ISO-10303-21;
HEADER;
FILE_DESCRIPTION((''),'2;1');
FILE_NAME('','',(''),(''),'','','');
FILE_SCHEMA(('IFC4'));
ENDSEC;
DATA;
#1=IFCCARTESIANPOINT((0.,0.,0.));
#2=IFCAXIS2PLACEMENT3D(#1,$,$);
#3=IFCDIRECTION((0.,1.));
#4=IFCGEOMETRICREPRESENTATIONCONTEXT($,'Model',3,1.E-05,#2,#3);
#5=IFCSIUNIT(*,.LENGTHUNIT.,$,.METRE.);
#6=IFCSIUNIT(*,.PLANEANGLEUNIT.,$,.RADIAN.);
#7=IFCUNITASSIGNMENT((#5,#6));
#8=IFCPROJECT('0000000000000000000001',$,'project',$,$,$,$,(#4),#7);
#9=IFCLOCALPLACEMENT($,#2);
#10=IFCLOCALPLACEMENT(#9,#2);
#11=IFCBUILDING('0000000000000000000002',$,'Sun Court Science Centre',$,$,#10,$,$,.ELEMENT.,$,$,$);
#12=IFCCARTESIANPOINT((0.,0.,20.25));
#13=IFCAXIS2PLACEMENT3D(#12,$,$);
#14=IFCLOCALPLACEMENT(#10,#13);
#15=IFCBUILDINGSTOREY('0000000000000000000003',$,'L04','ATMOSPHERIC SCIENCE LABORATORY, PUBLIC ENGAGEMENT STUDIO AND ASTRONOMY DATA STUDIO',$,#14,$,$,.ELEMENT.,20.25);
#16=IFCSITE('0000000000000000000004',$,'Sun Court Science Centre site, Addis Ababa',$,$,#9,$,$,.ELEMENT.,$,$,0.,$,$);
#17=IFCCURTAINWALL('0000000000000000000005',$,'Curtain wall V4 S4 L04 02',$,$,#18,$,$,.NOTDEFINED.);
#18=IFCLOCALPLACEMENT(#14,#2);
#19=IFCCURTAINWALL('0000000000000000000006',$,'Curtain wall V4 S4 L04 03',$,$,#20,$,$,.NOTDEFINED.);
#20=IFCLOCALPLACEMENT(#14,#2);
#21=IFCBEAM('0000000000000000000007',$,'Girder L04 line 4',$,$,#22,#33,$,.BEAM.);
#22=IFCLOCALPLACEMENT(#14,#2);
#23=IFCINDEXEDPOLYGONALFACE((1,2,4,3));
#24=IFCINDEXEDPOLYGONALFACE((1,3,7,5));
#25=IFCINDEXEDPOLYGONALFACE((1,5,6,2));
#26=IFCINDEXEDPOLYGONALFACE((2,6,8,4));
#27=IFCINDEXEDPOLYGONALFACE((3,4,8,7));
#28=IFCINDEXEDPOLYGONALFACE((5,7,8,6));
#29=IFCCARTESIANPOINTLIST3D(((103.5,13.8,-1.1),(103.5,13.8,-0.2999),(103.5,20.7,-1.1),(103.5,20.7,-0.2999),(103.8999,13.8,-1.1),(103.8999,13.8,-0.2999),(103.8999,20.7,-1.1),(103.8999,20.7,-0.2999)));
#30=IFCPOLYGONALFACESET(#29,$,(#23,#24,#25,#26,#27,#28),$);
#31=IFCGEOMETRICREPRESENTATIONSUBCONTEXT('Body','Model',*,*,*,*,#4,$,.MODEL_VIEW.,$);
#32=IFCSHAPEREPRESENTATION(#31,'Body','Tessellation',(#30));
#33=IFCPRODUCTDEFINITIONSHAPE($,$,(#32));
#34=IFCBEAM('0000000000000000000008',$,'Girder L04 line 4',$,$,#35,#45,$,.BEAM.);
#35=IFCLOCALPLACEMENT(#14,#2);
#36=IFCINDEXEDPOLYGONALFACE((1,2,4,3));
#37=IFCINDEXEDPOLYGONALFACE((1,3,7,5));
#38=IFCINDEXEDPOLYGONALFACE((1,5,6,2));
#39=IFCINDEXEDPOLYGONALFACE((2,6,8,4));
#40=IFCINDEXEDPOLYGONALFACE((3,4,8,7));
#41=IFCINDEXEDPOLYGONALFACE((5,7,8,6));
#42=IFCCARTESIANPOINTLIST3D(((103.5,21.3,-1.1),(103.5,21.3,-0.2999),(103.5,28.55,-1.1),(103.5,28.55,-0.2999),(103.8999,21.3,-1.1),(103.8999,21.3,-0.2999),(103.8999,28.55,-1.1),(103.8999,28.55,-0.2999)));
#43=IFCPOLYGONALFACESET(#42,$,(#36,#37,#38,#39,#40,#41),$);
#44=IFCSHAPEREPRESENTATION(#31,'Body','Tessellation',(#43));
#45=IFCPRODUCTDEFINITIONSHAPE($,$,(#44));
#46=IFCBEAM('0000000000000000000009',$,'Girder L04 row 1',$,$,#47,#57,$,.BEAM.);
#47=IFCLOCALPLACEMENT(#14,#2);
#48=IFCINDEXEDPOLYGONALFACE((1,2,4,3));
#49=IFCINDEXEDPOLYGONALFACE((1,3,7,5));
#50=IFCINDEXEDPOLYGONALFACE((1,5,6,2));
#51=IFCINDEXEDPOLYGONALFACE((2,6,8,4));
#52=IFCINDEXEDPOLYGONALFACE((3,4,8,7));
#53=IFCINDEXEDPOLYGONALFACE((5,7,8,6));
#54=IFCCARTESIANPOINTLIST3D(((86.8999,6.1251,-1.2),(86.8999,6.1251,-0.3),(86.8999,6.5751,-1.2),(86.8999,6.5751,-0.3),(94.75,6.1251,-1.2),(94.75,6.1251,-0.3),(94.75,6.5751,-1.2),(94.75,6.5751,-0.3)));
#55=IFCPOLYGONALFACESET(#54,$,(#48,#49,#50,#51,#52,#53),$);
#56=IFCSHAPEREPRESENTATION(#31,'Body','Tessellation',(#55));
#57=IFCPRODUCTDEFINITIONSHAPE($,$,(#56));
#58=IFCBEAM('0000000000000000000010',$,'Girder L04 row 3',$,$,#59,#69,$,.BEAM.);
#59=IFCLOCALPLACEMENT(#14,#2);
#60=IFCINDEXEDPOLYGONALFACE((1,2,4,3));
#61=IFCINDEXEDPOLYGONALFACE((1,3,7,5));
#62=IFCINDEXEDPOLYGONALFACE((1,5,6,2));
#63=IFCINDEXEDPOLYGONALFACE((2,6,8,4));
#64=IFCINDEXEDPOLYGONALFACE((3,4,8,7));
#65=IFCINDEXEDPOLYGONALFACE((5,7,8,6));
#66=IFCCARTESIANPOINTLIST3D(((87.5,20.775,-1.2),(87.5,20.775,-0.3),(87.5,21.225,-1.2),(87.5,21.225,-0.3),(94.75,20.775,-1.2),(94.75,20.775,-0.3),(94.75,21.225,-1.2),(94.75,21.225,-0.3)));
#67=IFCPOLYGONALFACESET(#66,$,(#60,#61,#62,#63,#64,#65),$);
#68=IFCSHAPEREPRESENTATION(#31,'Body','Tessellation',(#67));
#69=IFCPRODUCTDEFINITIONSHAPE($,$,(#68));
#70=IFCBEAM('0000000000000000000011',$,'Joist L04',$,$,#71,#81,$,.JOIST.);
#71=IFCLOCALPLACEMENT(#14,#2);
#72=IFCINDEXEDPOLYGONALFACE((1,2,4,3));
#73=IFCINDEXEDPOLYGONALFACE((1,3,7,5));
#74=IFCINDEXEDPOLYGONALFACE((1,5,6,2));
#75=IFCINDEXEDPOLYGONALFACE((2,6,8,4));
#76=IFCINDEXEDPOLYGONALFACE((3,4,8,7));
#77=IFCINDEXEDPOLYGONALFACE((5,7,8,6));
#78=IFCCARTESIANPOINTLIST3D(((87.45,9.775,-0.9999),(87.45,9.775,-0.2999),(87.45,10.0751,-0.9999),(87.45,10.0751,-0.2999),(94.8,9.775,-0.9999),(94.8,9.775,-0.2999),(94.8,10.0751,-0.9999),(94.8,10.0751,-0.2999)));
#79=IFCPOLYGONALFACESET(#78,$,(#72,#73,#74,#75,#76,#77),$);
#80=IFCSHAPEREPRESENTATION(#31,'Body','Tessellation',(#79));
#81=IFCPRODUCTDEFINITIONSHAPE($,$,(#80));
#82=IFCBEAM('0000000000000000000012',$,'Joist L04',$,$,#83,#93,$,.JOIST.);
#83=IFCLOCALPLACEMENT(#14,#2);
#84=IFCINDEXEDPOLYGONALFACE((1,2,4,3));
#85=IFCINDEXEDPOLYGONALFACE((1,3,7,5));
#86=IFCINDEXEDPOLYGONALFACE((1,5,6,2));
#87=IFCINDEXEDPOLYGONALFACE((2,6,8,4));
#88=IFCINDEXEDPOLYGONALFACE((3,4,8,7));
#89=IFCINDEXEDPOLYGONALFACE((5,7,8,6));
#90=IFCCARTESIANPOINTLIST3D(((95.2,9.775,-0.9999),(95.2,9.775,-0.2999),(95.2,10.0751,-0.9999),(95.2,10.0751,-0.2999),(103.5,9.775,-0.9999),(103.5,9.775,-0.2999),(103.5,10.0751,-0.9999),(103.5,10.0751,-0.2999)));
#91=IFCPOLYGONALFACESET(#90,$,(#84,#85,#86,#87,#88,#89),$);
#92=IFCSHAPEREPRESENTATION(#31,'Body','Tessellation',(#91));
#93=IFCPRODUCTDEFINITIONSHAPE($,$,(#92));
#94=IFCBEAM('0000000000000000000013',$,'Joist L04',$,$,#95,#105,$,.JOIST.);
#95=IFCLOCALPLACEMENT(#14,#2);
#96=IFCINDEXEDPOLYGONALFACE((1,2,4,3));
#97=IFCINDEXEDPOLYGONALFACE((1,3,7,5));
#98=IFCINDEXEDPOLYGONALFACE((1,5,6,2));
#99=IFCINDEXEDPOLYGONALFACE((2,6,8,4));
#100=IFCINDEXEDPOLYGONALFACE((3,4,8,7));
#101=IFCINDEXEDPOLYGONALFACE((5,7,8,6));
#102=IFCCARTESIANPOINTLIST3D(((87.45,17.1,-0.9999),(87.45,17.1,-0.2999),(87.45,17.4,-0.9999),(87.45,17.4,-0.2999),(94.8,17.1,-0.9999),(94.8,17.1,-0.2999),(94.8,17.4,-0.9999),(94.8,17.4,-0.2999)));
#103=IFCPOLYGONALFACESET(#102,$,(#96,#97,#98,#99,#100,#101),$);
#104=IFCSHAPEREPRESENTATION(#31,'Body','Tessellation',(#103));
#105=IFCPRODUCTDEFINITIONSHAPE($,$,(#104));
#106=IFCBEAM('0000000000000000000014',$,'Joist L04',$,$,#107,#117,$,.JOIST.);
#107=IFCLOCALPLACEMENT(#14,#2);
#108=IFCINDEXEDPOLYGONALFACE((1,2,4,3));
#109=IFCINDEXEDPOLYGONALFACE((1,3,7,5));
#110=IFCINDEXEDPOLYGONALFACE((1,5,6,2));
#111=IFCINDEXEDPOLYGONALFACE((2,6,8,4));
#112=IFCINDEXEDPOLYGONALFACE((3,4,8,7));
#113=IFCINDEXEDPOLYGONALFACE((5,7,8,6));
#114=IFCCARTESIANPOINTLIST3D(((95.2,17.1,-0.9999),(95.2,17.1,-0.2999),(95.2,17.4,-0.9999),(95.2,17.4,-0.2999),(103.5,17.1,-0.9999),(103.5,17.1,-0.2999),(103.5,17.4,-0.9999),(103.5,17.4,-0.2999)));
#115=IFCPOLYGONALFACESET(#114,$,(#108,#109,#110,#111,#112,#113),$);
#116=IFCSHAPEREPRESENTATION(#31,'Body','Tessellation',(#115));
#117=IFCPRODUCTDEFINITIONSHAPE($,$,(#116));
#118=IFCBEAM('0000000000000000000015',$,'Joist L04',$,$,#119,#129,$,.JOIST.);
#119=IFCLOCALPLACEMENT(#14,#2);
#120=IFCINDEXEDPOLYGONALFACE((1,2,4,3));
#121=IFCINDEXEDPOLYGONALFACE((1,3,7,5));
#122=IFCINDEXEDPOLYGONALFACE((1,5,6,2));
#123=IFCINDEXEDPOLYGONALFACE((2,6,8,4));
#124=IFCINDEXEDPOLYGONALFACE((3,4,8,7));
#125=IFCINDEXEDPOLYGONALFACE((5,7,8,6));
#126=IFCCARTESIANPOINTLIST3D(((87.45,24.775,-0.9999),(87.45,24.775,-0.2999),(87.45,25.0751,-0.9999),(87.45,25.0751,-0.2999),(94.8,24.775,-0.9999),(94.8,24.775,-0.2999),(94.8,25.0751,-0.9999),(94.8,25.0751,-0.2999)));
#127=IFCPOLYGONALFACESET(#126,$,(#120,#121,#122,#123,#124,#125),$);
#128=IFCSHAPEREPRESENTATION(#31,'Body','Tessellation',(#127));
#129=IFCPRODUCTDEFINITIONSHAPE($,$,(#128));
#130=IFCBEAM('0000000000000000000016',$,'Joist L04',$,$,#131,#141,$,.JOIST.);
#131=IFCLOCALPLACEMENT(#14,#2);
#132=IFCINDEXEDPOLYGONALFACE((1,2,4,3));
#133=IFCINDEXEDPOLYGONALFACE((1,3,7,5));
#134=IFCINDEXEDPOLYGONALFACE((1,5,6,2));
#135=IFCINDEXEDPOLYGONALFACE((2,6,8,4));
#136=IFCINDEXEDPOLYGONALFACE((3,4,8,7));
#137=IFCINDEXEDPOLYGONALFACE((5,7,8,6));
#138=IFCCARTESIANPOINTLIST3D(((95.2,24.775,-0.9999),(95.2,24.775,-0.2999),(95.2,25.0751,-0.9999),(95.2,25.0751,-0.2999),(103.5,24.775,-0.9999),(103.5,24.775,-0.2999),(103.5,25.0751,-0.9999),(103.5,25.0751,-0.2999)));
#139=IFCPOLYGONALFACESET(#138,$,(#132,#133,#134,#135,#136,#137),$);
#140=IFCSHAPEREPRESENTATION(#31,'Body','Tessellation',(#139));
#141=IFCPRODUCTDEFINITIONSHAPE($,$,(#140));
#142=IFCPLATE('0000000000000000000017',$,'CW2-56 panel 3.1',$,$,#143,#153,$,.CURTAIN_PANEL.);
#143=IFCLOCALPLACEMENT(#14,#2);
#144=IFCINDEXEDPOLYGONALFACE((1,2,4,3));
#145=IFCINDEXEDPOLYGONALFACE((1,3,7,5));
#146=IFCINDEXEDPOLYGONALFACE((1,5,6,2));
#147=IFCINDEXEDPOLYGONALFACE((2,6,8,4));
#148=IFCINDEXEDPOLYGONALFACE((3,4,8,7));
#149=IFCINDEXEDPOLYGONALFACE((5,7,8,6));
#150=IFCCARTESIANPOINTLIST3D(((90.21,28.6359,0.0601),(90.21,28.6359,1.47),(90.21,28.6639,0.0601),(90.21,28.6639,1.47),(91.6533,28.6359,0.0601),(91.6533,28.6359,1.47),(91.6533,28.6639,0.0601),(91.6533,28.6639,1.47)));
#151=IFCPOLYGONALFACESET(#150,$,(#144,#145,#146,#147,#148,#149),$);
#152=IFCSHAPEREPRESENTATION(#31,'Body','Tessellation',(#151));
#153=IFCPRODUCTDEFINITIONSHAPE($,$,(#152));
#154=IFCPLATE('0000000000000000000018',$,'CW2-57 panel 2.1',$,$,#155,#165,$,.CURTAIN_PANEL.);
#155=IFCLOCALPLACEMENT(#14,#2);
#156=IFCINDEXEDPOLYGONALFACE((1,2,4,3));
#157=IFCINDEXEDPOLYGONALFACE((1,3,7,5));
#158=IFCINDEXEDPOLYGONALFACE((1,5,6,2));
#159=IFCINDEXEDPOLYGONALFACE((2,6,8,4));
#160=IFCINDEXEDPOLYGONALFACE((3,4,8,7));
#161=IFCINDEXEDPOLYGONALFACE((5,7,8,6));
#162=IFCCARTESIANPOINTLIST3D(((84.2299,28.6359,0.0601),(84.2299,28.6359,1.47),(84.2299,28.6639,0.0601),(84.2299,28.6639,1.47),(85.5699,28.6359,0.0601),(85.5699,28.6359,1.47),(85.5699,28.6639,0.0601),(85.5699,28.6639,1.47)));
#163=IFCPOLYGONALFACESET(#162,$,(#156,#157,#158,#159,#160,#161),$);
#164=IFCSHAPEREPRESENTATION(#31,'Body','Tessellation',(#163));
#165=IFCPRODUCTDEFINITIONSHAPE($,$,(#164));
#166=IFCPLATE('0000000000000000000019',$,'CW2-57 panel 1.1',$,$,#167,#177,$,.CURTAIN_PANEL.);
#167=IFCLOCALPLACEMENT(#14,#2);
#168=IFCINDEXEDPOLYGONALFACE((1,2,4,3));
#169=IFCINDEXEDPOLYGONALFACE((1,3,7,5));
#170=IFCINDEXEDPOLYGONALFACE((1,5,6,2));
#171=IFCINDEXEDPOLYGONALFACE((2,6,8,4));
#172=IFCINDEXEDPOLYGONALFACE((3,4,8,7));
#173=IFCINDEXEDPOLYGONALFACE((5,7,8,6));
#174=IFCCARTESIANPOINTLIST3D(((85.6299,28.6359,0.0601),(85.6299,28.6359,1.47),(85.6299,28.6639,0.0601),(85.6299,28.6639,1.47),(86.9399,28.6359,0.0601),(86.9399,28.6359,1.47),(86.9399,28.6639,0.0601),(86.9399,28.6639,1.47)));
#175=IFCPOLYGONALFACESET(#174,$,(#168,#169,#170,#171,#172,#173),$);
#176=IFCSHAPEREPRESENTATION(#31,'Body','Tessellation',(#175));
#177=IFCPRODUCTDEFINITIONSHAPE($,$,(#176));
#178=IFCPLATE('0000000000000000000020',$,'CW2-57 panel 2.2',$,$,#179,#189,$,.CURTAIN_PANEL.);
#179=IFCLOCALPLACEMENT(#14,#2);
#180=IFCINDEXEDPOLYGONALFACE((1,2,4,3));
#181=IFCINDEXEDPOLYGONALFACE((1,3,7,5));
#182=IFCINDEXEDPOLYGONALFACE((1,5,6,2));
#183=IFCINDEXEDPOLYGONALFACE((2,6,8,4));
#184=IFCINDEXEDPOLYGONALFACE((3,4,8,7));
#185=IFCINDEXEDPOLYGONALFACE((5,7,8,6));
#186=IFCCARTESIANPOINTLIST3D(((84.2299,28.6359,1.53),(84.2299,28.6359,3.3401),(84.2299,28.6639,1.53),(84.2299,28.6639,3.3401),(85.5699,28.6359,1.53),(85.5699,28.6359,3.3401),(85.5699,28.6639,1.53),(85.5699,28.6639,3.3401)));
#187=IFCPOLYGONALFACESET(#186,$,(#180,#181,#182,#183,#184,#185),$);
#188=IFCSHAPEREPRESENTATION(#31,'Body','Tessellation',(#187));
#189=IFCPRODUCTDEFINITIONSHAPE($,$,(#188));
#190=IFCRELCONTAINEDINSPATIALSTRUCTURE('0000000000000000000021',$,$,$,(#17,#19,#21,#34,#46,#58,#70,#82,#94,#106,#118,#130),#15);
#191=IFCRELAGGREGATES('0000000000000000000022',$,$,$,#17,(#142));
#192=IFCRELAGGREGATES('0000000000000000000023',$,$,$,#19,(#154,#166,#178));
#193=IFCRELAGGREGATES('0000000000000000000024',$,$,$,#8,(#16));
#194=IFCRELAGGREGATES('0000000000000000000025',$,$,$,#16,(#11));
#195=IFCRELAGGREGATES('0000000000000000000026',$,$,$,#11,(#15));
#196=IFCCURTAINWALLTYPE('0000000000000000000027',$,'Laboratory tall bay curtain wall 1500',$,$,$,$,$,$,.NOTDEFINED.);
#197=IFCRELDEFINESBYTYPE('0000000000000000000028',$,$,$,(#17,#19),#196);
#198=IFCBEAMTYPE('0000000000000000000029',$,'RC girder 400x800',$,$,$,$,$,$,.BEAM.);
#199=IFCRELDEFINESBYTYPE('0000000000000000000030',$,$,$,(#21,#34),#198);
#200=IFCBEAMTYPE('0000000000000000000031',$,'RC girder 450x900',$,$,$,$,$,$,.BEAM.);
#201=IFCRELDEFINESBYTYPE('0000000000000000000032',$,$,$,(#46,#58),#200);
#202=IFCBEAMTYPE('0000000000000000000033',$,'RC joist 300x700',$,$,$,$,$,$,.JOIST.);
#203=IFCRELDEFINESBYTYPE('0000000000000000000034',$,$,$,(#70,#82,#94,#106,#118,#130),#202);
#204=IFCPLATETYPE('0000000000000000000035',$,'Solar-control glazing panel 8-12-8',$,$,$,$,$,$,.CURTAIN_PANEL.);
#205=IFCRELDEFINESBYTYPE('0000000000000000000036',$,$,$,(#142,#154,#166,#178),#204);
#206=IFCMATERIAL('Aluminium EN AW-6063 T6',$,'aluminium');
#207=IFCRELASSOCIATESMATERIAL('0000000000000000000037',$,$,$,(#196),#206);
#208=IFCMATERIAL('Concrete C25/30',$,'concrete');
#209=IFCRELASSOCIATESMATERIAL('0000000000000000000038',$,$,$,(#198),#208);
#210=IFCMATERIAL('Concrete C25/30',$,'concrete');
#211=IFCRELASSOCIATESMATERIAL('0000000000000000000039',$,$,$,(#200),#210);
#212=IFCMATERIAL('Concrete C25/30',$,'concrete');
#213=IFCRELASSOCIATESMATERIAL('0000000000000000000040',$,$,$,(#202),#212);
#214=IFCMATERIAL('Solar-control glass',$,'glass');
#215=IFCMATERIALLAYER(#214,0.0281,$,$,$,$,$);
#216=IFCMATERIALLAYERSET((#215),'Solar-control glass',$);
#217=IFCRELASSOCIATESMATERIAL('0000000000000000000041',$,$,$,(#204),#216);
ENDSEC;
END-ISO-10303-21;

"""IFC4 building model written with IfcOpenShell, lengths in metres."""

from ifc_helpers import new_model, si_unit, direction, frame, origin, origin_2d, place, context, subcontext, project, spatial, rectangle, extrude, material, layer, layer_set, material_profile, profile_set, type_object, element, aggregate, save


model = new_model("IFC4")

# Units and contexts
model_context = context("Model", 3, precision=1e-05, world=origin(), true_north=direction((0.0, 1.0)))
body_context = subcontext(model_context, "Body", "Model", "MODEL_VIEW")
ifc_project = project(units=[si_unit("LENGTHUNIT", "METRE"), si_unit("PLANEANGLEUNIT", "RADIAN")], contexts=[model_context])

# Site, building, storey
site_placement = place(None, origin())
site = spatial("IfcSite", under=ifc_project, at=site_placement, Name="Sun Court Science Centre site, Addis Ababa", CompositionType="ELEMENT", RefElevation=0.0)
building_placement = place(site_placement, origin())
building = spatial("IfcBuilding", under=site, at=building_placement, Name="Sun Court Science Centre", CompositionType="ELEMENT")
storey_placement = place(building_placement, frame((0.0, 0.0, 20.25)))
storey = spatial("IfcBuildingStorey", under=building, at=storey_placement, Name="L04", Description="ATMOSPHERIC SCIENCE LABORATORY, PUBLIC ENGAGEMENT STUDIO AND ASTRONOMY DATA STUDIO", CompositionType="ELEMENT", Elevation=20.25)

# Curtain wall
ifc_material_1 = material(Name="Aluminium EN AW-6063 T6", Category="aluminium")
curtain_wall_type = type_object("IfcCurtainWallType", Name="Laboratory tall bay curtain wall 1500", PredefinedType="NOTDEFINED", material=ifc_material_1)
curtain_wall_1_placement = place(storey_placement, origin())
curtain_wall_1 = element("IfcCurtainWall", 1, at=curtain_wall_1_placement, inside=storey, type_object=curtain_wall_type, Name="Curtain wall V4 S4 L04 02", PredefinedType="NOTDEFINED")

# Curtain wall
curtain_wall_2_placement = place(storey_placement, origin())
curtain_wall_2 = element("IfcCurtainWall", 2, at=curtain_wall_2_placement, inside=storey, type_object=curtain_wall_type, Name="Curtain wall V4 S4 L04 03", PredefinedType="NOTDEFINED")

# Beams
ifc_material_2 = material(Name="Concrete C25/30", Category="concrete")
ifc_material_profile_1 = material_profile(ifc_material_2, rectangle(XDim=0.3999, YDim=0.8, at=origin_2d()), Name="RC 400x800")
ifc_profile_set_1 = profile_set([ifc_material_profile_1], Name="Concrete C25/30")
beam_type_1 = type_object("IfcBeamType", Name="RC girder 400x800", PredefinedType="BEAM", material=ifc_profile_set_1)
beam_1_placement = place(storey_placement, frame((103.7, 13.8, -0.7), z_axis=(0.0, 1.0, 0.0), x_axis=(-1.0, 0.0, 0.0)))
element("IfcBeam", 3, at=beam_1_placement, inside=storey, type_object=beam_type_1, Name="Girder L04 line 4", PredefinedType="BEAM", context=body_context, shape_type="SweptSolid", body=[
    extrude(rectangle(XDim=0.3999, YDim=0.8, at=origin_2d()), origin(), (0.0, 0.0, 1.0), 6.8999),
])
beam_2_placement = place(storey_placement, frame((103.7, 21.3, -0.7), z_axis=(0.0, 1.0, 0.0), x_axis=(-1.0, 0.0, 0.0)))
element("IfcBeam", 4, at=beam_2_placement, inside=storey, type_object=beam_type_1, Name="Girder L04 line 4", PredefinedType="BEAM", context=body_context, shape_type="SweptSolid", body=[
    extrude(rectangle(XDim=0.3999, YDim=0.8, at=origin_2d()), origin(), (0.0, 0.0, 1.0), 7.25),
])
ifc_material_3 = material(Name="Concrete C25/30", Category="concrete")
ifc_material_profile_2 = material_profile(ifc_material_3, rectangle(XDim=0.45, YDim=0.8999, at=origin_2d()), Name="RC 450x900")
ifc_profile_set_2 = profile_set([ifc_material_profile_2], Name="Concrete C25/30")
beam_type_2 = type_object("IfcBeamType", Name="RC girder 450x900", PredefinedType="BEAM", material=ifc_profile_set_2)
beam_3_placement = place(storey_placement, frame((86.8999, 6.3501, -0.75), z_axis=(1.0, 0.0, 0.0), x_axis=(0.0, 1.0, 0.0)))
element("IfcBeam", 5, at=beam_3_placement, inside=storey, type_object=beam_type_2, Name="Girder L04 row 1", PredefinedType="BEAM", context=body_context, shape_type="SweptSolid", body=[
    extrude(rectangle(XDim=0.45, YDim=0.8999, at=origin_2d()), origin(), (0.0, 0.0, 1.0), 7.8501),
])
beam_4_placement = place(storey_placement, frame((87.5, 21.0, -0.75), z_axis=(1.0, 0.0, 0.0), x_axis=(0.0, 1.0, 0.0)))
element("IfcBeam", 6, at=beam_4_placement, inside=storey, type_object=beam_type_2, Name="Girder L04 row 3", PredefinedType="BEAM", context=body_context, shape_type="SweptSolid", body=[
    extrude(rectangle(XDim=0.45, YDim=0.8999, at=origin_2d()), origin(), (0.0, 0.0, 1.0), 7.25),
])
ifc_material_4 = material(Name="Concrete C25/30", Category="concrete")
ifc_material_profile_3 = material_profile(ifc_material_4, rectangle(XDim=0.3, YDim=0.7, at=origin_2d()), Name="RC 300x700")
ifc_profile_set_3 = profile_set([ifc_material_profile_3], Name="Concrete C25/30")
beam_type_3 = type_object("IfcBeamType", Name="RC joist 300x700", PredefinedType="JOIST", material=ifc_profile_set_3)
beam_5_placement = place(storey_placement, frame((87.45, 9.925, -0.6499), z_axis=(1.0, 0.0, 0.0), x_axis=(0.0, 1.0, 0.0)))
element("IfcBeam", 7, at=beam_5_placement, inside=storey, type_object=beam_type_3, Name="Joist L04", PredefinedType="JOIST", context=body_context, shape_type="SweptSolid", body=[
    extrude(rectangle(XDim=0.3, YDim=0.7, at=origin_2d()), origin(), (0.0, 0.0, 1.0), 7.3501),
])
beam_6_placement = place(storey_placement, frame((95.2, 9.925, -0.6499), z_axis=(1.0, 0.0, 0.0), x_axis=(0.0, 1.0, 0.0)))
element("IfcBeam", 8, at=beam_6_placement, inside=storey, type_object=beam_type_3, Name="Joist L04", PredefinedType="JOIST", context=body_context, shape_type="SweptSolid", body=[
    extrude(rectangle(XDim=0.3, YDim=0.7, at=origin_2d()), origin(), (0.0, 0.0, 1.0), 8.3),
])
beam_7_placement = place(storey_placement, frame((87.45, 17.25, -0.6499), z_axis=(1.0, 0.0, 0.0), x_axis=(0.0, 1.0, 0.0)))
element("IfcBeam", 9, at=beam_7_placement, inside=storey, type_object=beam_type_3, Name="Joist L04", PredefinedType="JOIST", context=body_context, shape_type="SweptSolid", body=[
    extrude(rectangle(XDim=0.3, YDim=0.7, at=origin_2d()), origin(), (0.0, 0.0, 1.0), 7.3501),
])
beam_8_placement = place(storey_placement, frame((95.2, 17.25, -0.6499), z_axis=(1.0, 0.0, 0.0), x_axis=(0.0, 1.0, 0.0)))
element("IfcBeam", 10, at=beam_8_placement, inside=storey, type_object=beam_type_3, Name="Joist L04", PredefinedType="JOIST", context=body_context, shape_type="SweptSolid", body=[
    extrude(rectangle(XDim=0.3, YDim=0.7, at=origin_2d()), origin(), (0.0, 0.0, 1.0), 8.3),
])
beam_9_placement = place(storey_placement, frame((87.45, 24.925, -0.6499), z_axis=(1.0, 0.0, 0.0), x_axis=(0.0, 1.0, 0.0)))
element("IfcBeam", 11, at=beam_9_placement, inside=storey, type_object=beam_type_3, Name="Joist L04", PredefinedType="JOIST", context=body_context, shape_type="SweptSolid", body=[
    extrude(rectangle(XDim=0.3, YDim=0.7, at=origin_2d()), origin(), (0.0, 0.0, 1.0), 7.3501),
])
beam_10_placement = place(storey_placement, frame((95.2, 24.925, -0.6499), z_axis=(1.0, 0.0, 0.0), x_axis=(0.0, 1.0, 0.0)))
element("IfcBeam", 12, at=beam_10_placement, inside=storey, type_object=beam_type_3, Name="Joist L04", PredefinedType="JOIST", context=body_context, shape_type="SweptSolid", body=[
    extrude(rectangle(XDim=0.3, YDim=0.7, at=origin_2d()), origin(), (0.0, 0.0, 1.0), 8.3),
])

# Plates
ifc_material_5 = material(Name="Solar-control glass", Category="glass")
ifc_layer_1 = layer(ifc_material_5, 0.0281)
ifc_layer_set_1 = layer_set([ifc_layer_1], Name="Solar-control glass")
plate_type = type_object("IfcPlateType", Name="Solar-control glazing panel 8-12-8", PredefinedType="CURTAIN_PANEL", material=ifc_layer_set_1)
plate_1_placement = place(storey_placement, frame((90.9316, 28.6499, 0.0601), z_axis=(0.0, 0.0, 1.0), x_axis=(-1.0, 0.0, 0.0)))
plate_1 = element("IfcPlate", 13, at=plate_1_placement, type_object=plate_type, Name="CW2-56 panel 3.1", PredefinedType="CURTAIN_PANEL", context=body_context, shape_type="SweptSolid", body=[
    extrude(rectangle(XDim=1.4434, YDim=0.0281, at=origin_2d()), origin(), (0.0, 0.0, 1.0), 1.4099),
])
aggregate(curtain_wall_1, [plate_1])
plate_2_placement = place(storey_placement, frame((84.8999, 28.6499, 0.0601), z_axis=(0.0, 0.0, 1.0), x_axis=(-1.0, 0.0, 0.0)))
plate_2 = element("IfcPlate", 14, at=plate_2_placement, type_object=plate_type, Name="CW2-57 panel 2.1", PredefinedType="CURTAIN_PANEL", context=body_context, shape_type="SweptSolid", body=[
    extrude(rectangle(XDim=1.3401, YDim=0.0281, at=origin_2d()), origin(), (0.0, 0.0, 1.0), 1.4099),
])
plate_3_placement = place(storey_placement, frame((86.2849, 28.6499, 0.0601), z_axis=(0.0, 0.0, 1.0), x_axis=(-1.0, 0.0, 0.0)))
plate_3 = element("IfcPlate", 15, at=plate_3_placement, type_object=plate_type, Name="CW2-57 panel 1.1", PredefinedType="CURTAIN_PANEL", context=body_context, shape_type="SweptSolid", body=[
    extrude(rectangle(XDim=1.3101, YDim=0.0281, at=origin_2d()), origin(), (0.0, 0.0, 1.0), 1.4099),
])
plate_4_placement = place(storey_placement, frame((84.8999, 28.6499, 1.53), z_axis=(0.0, 0.0, 1.0), x_axis=(-1.0, 0.0, 0.0)))
plate_4 = element("IfcPlate", 16, at=plate_4_placement, type_object=plate_type, Name="CW2-57 panel 2.2", PredefinedType="CURTAIN_PANEL", context=body_context, shape_type="SweptSolid", body=[
    extrude(rectangle(XDim=1.3401, YDim=0.0281, at=origin_2d()), origin(), (0.0, 0.0, 1.0), 1.8101),
])
aggregate(curtain_wall_2, [plate_2, plate_3, plate_4])

save(model, "model.ifc")
